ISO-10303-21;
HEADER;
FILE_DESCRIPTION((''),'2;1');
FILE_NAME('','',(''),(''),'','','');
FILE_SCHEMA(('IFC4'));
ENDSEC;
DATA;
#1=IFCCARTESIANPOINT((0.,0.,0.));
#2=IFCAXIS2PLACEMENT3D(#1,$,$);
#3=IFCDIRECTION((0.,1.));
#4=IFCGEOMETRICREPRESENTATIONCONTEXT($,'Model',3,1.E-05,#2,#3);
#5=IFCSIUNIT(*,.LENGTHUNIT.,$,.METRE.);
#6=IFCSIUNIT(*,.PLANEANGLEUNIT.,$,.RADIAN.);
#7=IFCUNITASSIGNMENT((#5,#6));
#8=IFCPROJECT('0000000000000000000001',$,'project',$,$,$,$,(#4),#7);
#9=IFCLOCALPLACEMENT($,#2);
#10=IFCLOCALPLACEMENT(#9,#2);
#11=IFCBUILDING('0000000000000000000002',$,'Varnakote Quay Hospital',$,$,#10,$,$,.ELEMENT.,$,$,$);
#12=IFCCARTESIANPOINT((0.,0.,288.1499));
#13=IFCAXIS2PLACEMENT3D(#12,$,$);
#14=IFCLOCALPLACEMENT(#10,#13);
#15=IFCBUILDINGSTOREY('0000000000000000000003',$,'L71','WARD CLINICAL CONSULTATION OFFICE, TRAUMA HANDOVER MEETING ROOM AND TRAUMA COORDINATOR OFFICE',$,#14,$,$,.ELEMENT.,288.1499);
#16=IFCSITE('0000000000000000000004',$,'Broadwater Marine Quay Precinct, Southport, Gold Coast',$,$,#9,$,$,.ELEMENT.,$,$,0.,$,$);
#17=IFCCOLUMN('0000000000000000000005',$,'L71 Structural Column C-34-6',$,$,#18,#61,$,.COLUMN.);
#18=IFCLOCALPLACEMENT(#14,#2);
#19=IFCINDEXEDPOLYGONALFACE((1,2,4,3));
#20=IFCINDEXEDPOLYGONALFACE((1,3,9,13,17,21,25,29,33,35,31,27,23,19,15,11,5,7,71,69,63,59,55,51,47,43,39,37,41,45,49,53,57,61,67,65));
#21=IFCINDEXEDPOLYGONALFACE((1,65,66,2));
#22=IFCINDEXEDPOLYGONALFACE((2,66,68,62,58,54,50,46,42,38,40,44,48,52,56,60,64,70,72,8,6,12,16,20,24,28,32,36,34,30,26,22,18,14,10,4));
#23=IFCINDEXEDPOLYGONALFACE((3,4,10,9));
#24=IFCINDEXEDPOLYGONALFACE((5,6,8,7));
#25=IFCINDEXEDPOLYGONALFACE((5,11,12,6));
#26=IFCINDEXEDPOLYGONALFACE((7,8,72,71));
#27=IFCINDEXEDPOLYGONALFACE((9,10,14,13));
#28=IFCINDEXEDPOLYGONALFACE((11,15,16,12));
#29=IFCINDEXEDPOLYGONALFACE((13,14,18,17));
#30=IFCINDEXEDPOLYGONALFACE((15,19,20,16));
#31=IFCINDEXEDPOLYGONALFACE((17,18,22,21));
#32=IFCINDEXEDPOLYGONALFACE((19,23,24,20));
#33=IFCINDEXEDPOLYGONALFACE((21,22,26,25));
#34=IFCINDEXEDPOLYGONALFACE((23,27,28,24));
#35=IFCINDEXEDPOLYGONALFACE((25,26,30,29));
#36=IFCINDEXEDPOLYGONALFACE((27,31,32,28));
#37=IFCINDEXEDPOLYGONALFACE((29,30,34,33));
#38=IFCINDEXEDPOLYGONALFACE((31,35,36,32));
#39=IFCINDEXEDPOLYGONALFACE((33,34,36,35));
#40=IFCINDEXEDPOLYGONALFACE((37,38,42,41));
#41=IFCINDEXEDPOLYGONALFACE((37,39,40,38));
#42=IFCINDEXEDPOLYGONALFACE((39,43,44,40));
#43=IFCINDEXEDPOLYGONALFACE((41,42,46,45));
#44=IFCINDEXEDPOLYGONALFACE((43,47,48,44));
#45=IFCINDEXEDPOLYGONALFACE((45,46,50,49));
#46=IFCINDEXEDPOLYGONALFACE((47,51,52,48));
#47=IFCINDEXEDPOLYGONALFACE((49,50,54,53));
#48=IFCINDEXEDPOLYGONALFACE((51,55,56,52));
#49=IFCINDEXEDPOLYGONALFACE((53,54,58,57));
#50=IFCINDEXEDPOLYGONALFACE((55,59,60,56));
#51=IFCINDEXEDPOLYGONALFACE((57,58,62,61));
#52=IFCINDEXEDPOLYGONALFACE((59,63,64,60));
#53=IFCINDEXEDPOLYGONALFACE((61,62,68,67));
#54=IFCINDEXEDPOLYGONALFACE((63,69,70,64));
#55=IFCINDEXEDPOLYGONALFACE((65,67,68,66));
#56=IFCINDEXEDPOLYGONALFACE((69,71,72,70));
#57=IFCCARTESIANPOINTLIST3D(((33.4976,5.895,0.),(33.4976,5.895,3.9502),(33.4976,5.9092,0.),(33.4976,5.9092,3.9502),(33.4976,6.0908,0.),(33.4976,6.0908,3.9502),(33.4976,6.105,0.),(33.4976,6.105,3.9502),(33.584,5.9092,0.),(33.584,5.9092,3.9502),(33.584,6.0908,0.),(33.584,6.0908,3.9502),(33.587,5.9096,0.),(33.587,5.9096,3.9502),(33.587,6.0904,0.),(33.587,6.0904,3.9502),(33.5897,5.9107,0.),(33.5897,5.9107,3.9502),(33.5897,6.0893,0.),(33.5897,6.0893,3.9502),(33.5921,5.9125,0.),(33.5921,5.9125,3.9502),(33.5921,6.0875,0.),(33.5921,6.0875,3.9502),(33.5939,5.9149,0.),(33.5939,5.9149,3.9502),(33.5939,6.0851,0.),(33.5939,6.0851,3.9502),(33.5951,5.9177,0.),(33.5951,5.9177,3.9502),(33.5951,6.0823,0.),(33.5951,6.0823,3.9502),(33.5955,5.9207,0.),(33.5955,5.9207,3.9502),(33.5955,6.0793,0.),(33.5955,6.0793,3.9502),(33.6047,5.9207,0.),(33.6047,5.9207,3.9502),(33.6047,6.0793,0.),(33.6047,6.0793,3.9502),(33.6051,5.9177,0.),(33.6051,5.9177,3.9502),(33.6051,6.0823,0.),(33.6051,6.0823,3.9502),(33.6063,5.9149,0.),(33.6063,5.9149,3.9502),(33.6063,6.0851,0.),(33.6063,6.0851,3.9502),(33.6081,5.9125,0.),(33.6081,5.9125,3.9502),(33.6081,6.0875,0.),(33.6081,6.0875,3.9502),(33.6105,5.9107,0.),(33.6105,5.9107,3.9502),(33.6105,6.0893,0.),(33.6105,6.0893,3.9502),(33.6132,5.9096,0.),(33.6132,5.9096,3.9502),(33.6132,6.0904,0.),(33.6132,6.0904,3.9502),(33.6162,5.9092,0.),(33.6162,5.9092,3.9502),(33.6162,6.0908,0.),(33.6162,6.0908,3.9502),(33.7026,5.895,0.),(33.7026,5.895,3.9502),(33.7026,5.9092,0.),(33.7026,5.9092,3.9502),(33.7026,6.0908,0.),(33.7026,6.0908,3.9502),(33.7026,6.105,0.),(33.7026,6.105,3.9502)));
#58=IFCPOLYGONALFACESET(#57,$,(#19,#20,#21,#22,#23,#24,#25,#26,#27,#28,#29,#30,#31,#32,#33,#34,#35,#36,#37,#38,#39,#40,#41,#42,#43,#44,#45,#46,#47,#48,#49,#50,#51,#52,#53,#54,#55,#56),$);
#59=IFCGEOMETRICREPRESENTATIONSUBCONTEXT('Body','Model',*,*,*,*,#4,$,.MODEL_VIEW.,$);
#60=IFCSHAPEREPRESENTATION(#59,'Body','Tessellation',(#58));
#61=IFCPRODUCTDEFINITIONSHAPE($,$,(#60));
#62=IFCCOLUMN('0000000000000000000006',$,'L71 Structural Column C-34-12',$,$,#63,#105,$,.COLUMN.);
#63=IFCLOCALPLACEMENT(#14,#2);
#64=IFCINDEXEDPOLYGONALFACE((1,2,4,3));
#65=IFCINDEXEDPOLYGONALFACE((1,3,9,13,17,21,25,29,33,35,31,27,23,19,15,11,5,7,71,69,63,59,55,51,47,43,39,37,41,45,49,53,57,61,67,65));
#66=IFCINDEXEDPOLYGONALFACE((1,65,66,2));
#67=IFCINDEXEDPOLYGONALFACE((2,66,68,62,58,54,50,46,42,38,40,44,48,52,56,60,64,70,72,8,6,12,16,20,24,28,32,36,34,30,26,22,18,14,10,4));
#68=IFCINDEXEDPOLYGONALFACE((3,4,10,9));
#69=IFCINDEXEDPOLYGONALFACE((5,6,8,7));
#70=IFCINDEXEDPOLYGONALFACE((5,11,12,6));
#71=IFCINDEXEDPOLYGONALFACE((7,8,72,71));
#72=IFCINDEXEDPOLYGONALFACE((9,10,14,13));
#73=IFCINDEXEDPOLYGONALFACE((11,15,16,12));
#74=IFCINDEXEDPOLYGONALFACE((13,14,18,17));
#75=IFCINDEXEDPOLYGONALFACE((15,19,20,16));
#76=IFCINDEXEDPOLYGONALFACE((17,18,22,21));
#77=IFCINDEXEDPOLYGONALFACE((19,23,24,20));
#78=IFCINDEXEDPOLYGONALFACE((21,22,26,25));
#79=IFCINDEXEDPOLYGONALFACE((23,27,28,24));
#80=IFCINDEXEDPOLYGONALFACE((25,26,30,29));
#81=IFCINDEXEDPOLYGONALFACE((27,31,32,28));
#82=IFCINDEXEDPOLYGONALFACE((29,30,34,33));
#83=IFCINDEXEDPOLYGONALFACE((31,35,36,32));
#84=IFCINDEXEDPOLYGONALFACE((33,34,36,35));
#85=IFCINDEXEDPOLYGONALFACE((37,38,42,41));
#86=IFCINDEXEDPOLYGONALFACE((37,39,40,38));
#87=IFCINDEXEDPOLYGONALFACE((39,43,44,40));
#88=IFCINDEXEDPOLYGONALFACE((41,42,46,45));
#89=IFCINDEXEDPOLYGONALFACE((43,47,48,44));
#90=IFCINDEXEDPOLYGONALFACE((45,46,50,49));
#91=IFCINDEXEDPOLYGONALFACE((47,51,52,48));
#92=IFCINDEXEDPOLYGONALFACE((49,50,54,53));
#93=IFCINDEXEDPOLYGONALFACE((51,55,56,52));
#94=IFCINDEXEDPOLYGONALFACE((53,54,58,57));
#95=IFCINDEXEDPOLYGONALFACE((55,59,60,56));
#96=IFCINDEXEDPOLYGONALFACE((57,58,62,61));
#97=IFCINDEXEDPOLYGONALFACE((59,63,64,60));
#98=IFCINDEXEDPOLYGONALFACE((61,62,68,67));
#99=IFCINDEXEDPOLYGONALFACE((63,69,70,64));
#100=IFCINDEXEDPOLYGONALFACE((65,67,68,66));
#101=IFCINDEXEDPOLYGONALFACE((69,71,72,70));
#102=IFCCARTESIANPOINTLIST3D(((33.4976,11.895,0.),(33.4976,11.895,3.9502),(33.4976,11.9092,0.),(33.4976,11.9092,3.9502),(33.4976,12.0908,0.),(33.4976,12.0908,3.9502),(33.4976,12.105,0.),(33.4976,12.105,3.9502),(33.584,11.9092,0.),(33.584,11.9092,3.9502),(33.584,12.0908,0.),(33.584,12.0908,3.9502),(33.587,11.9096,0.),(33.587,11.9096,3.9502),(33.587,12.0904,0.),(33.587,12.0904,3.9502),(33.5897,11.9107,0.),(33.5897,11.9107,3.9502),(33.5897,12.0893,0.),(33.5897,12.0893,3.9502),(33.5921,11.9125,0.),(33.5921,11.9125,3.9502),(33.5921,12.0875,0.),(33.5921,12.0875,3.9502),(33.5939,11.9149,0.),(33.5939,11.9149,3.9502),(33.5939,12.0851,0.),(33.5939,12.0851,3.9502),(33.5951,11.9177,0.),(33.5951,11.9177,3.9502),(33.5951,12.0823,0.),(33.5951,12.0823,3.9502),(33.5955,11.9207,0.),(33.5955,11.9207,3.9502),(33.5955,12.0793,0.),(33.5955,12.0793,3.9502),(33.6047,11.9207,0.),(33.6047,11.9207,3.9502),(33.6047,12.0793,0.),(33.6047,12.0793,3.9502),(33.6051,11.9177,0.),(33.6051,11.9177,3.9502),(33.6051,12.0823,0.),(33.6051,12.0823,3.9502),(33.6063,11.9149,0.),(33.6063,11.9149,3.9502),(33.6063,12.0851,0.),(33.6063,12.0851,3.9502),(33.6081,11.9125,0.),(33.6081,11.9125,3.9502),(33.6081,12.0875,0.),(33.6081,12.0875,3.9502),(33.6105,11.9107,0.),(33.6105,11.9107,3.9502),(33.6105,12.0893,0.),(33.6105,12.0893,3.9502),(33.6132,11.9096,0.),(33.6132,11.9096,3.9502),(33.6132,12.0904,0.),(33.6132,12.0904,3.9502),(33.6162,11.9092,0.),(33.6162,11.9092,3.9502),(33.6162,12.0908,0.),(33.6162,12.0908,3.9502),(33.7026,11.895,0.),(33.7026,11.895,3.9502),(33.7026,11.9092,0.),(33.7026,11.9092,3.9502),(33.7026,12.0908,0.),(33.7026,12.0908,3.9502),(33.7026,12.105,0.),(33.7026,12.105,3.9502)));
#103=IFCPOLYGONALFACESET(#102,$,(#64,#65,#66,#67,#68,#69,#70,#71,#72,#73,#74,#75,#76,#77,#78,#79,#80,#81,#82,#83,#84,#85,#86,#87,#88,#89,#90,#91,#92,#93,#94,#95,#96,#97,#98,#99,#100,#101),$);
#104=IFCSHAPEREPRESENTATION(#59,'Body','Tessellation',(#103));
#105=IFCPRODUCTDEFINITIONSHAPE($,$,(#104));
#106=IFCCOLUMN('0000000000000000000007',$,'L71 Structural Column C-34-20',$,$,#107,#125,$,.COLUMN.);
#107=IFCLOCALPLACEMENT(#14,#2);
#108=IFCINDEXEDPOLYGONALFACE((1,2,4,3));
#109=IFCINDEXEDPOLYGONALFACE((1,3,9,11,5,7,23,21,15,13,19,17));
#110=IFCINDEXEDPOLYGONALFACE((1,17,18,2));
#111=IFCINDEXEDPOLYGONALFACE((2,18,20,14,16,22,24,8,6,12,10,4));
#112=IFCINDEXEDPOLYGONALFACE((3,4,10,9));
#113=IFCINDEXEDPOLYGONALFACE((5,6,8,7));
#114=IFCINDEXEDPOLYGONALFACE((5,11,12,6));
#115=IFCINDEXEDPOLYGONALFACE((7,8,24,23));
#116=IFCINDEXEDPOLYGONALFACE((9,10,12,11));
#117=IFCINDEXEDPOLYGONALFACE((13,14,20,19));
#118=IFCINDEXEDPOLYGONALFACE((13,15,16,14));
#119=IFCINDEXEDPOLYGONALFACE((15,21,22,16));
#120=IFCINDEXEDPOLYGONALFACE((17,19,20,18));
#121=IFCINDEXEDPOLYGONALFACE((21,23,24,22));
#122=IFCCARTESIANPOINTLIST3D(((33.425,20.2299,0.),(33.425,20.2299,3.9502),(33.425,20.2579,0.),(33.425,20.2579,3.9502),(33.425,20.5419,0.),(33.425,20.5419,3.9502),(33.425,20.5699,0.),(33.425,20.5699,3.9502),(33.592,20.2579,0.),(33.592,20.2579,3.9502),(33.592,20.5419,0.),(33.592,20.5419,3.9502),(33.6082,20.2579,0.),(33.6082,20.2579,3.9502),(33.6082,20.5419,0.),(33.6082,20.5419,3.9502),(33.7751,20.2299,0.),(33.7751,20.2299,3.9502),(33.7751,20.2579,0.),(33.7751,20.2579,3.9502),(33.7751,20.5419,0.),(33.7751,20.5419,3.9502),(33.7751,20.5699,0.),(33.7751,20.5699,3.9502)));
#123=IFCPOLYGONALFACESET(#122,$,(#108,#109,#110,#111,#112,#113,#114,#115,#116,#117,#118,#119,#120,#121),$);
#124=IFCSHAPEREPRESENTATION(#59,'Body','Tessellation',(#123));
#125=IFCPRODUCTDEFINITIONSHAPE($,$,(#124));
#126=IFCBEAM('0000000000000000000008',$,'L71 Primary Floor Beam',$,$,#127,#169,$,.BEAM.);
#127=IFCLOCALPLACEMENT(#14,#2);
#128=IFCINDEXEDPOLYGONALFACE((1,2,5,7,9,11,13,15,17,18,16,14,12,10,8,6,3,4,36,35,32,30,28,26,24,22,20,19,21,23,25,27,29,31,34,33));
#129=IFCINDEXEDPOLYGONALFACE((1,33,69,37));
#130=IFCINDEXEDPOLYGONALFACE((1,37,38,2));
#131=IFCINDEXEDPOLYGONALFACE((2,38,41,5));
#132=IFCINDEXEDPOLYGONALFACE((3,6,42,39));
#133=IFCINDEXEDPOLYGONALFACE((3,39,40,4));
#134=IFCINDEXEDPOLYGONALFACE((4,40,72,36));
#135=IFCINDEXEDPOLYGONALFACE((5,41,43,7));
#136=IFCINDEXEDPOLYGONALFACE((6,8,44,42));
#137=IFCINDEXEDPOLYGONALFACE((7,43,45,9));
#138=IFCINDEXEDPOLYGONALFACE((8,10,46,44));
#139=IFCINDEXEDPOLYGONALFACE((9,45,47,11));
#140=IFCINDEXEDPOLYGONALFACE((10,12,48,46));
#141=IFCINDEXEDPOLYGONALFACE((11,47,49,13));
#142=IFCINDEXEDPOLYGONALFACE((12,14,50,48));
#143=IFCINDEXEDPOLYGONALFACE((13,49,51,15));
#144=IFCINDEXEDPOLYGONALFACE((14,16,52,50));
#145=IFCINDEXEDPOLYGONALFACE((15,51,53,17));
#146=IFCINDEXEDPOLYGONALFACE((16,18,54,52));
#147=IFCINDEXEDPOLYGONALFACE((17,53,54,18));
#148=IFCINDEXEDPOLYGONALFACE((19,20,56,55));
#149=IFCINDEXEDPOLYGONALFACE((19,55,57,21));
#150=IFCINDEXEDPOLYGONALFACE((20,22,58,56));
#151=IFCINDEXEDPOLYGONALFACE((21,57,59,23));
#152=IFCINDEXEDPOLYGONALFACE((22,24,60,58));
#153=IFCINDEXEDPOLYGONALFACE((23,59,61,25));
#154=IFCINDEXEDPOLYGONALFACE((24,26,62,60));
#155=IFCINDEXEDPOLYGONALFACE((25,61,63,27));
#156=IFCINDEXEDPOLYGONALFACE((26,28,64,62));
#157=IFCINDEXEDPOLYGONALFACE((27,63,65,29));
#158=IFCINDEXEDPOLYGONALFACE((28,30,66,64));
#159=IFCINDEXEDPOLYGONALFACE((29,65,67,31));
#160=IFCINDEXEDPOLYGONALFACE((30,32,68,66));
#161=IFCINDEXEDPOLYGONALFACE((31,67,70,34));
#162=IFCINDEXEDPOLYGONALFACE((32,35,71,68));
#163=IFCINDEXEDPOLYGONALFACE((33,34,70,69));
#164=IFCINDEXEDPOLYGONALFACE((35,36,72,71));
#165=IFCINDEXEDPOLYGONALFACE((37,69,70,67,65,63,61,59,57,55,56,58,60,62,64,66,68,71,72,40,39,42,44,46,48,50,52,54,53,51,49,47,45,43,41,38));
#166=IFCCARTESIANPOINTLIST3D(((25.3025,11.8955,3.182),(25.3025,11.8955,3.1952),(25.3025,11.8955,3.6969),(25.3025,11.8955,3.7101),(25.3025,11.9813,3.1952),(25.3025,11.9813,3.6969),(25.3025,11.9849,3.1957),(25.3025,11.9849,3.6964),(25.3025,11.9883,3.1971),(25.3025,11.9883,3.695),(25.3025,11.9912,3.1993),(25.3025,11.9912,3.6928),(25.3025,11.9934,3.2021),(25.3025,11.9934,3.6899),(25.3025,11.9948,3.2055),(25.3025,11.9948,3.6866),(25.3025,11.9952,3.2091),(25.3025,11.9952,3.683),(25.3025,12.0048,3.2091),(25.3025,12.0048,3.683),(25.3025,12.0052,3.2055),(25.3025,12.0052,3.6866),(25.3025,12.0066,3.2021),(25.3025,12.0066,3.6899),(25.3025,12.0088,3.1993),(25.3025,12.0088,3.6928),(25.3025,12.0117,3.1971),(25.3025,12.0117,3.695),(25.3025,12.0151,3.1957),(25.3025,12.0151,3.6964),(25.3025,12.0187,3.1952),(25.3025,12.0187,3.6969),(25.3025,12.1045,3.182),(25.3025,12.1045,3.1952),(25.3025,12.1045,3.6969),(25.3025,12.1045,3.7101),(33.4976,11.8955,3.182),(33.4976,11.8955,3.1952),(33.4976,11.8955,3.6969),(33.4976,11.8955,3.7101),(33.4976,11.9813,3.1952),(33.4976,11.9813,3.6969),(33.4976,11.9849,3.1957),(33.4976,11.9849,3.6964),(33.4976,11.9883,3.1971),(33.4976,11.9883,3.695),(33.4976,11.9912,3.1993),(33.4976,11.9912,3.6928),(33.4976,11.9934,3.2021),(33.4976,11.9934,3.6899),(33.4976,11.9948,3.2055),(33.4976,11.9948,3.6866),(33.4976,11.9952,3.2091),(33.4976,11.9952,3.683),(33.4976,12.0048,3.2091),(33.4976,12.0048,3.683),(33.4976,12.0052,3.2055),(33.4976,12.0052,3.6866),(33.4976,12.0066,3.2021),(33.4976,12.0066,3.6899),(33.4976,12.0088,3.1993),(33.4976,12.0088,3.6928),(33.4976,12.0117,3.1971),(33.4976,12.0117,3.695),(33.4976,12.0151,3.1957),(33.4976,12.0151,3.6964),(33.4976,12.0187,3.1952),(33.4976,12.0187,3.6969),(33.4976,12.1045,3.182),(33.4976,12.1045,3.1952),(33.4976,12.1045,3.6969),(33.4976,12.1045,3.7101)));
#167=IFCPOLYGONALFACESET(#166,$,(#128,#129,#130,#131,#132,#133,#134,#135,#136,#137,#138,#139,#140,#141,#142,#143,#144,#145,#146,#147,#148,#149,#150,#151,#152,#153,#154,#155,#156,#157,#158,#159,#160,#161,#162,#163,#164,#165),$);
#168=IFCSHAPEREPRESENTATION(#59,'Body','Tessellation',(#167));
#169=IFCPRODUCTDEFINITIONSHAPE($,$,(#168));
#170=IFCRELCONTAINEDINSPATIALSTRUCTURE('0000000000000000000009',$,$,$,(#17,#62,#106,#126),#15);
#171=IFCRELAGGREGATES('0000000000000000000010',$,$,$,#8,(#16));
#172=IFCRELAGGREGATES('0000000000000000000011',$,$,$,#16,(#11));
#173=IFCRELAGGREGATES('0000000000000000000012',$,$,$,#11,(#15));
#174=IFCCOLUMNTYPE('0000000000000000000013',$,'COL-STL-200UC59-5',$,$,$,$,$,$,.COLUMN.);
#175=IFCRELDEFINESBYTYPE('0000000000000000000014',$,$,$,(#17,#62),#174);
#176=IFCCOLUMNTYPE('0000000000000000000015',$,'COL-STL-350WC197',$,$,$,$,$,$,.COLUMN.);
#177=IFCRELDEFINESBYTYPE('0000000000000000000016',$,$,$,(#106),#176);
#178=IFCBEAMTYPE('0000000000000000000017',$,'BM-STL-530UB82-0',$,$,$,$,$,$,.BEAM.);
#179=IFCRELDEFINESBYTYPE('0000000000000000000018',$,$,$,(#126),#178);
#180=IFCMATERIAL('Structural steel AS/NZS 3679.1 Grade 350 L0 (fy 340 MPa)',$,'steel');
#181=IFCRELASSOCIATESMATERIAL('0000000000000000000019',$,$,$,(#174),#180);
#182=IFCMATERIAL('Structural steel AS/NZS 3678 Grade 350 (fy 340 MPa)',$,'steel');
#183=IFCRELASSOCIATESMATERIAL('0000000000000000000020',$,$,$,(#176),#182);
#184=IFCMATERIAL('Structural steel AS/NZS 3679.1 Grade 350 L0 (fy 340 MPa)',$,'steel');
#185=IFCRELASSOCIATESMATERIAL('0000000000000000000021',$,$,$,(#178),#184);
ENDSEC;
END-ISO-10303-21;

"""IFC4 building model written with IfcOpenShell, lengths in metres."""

from ifc_helpers import new_model, si_unit, direction, frame, origin, origin_2d, place, context, subcontext, project, spatial, i_section, extrude, material, material_profile, profile_set, type_object, element, save


model = new_model("IFC4")

# Units and contexts
model_context = context("Model", 3, precision=1e-05, world=origin(), true_north=direction((0.0, 1.0)))
body_context = subcontext(model_context, "Body", "Model", "MODEL_VIEW")
ifc_project = project(units=[si_unit("LENGTHUNIT", "METRE"), si_unit("PLANEANGLEUNIT", "RADIAN")], contexts=[model_context])

# Site, building, storey
site_placement = place(None, origin())
site = spatial("IfcSite", under=ifc_project, at=site_placement, Name="Broadwater Marine Quay Precinct, Southport, Gold Coast", CompositionType="ELEMENT", RefElevation=0.0)
building_placement = place(site_placement, origin())
building = spatial("IfcBuilding", under=site, at=building_placement, Name="Varnakote Quay Hospital", CompositionType="ELEMENT")
storey_placement = place(building_placement, frame((0.0, 0.0, 288.1499)))
storey = spatial("IfcBuildingStorey", under=building, at=storey_placement, Name="L71", Description="WARD CLINICAL CONSULTATION OFFICE, TRAUMA HANDOVER MEETING ROOM AND TRAUMA COORDINATOR OFFICE", CompositionType="ELEMENT", Elevation=288.1499)

# Columns
ifc_material_1 = material(Name="Structural steel AS/NZS 3679.1 Grade 350 L0 (fy 340 MPa)", Category="steel")
ifc_material_profile_1 = material_profile(ifc_material_1, i_section(OverallWidth=0.2051, OverallDepth=0.21, WebThickness=0.0093, FlangeThickness=0.0142, FilletRadius=0.0115, at=origin_2d()), Name="200UC59.5")
ifc_profile_set_1 = profile_set([ifc_material_profile_1], Name="Structural steel AS/NZS 3679.1 Grade 350 L0 (fy 340 MPa)")
column_type_1 = type_object("IfcColumnType", Name="COL-STL-200UC59-5", PredefinedType="COLUMN", material=ifc_profile_set_1)
for number, where, z_axis, x_axis, name in (
    (1, (33.6001, 6.0, 0.0), (0.0, 0.0, 1.0), (1.0, 0.0, 0.0), "L71 Structural Column C-34-6"),
    (2, (33.6001, 12.0, 0.0), (0.0, 0.0, 1.0), (1.0, 0.0, 0.0), "L71 Structural Column C-34-12"),
):
    element("IfcColumn", number, at=place(storey_placement, frame(where, z_axis=z_axis, x_axis=x_axis)), inside=storey, type_object=column_type_1, Name=name, PredefinedType="COLUMN", context=body_context, shape_type="SweptSolid", body=[
        extrude(i_section(OverallWidth=0.2051, OverallDepth=0.21, WebThickness=0.0093, FlangeThickness=0.0142, FilletRadius=0.0115, at=origin_2d()), origin(), (0.0, 0.0, 1.0), 3.9502),
    ])
ifc_material_2 = material(Name="Structural steel AS/NZS 3678 Grade 350 (fy 340 MPa)", Category="steel")
ifc_material_profile_2 = material_profile(ifc_material_2, i_section(OverallWidth=0.3501, OverallDepth=0.3401, WebThickness=0.0161, FlangeThickness=0.0281, at=origin_2d()), Name="350WC197")
ifc_profile_set_2 = profile_set([ifc_material_profile_2], Name="Structural steel AS/NZS 3678 Grade 350 (fy 340 MPa)")
column_type_2 = type_object("IfcColumnType", Name="COL-STL-350WC197", PredefinedType="COLUMN", material=ifc_profile_set_2)
column_placement = place(storey_placement, frame((33.6001, 20.3999, 0.0), z_axis=(0.0, 0.0, 1.0), x_axis=(1.0, 0.0, 0.0)))
element("IfcColumn", 3, at=column_placement, inside=storey, type_object=column_type_2, Name="L71 Structural Column C-34-20", PredefinedType="COLUMN", context=body_context, shape_type="SweptSolid", body=[
    extrude(i_section(OverallWidth=0.3501, OverallDepth=0.3401, WebThickness=0.0161, FlangeThickness=0.0281, at=origin_2d()), origin(), (0.0, 0.0, 1.0), 3.9502),
])

# Beam
ifc_material_3 = material(Name="Structural steel AS/NZS 3679.1 Grade 350 L0 (fy 340 MPa)", Category="steel")
ifc_material_profile_3 = material_profile(ifc_material_3, i_section(OverallWidth=0.209, OverallDepth=0.5281, WebThickness=0.0095, FlangeThickness=0.0132, FilletRadius=0.0139, at=origin_2d()), Name="530UB82.0")
ifc_profile_set_3 = profile_set([ifc_material_profile_3], Name="Structural steel AS/NZS 3679.1 Grade 350 L0 (fy 340 MPa)")
beam_type_1 = type_object("IfcBeamType", Name="BM-STL-530UB82-0", PredefinedType="BEAM", material=ifc_profile_set_3)
beam_1_placement = place(storey_placement, frame((25.3025, 12.0, 3.446), z_axis=(1.0, 0.0, 0.0), x_axis=(0.0, 1.0, 0.0)))
element("IfcBeam", 4, at=beam_1_placement, inside=storey, type_object=beam_type_1, Name="L71 Primary Floor Beam", PredefinedType="BEAM", context=body_context, shape_type="SweptSolid", body=[
    extrude(i_section(OverallWidth=0.209, OverallDepth=0.5281, WebThickness=0.0095, FlangeThickness=0.0132, FilletRadius=0.0139, at=origin_2d()), origin(), (0.0, 0.0, 1.0), 8.1951),
])

save(model, "model.ifc")
